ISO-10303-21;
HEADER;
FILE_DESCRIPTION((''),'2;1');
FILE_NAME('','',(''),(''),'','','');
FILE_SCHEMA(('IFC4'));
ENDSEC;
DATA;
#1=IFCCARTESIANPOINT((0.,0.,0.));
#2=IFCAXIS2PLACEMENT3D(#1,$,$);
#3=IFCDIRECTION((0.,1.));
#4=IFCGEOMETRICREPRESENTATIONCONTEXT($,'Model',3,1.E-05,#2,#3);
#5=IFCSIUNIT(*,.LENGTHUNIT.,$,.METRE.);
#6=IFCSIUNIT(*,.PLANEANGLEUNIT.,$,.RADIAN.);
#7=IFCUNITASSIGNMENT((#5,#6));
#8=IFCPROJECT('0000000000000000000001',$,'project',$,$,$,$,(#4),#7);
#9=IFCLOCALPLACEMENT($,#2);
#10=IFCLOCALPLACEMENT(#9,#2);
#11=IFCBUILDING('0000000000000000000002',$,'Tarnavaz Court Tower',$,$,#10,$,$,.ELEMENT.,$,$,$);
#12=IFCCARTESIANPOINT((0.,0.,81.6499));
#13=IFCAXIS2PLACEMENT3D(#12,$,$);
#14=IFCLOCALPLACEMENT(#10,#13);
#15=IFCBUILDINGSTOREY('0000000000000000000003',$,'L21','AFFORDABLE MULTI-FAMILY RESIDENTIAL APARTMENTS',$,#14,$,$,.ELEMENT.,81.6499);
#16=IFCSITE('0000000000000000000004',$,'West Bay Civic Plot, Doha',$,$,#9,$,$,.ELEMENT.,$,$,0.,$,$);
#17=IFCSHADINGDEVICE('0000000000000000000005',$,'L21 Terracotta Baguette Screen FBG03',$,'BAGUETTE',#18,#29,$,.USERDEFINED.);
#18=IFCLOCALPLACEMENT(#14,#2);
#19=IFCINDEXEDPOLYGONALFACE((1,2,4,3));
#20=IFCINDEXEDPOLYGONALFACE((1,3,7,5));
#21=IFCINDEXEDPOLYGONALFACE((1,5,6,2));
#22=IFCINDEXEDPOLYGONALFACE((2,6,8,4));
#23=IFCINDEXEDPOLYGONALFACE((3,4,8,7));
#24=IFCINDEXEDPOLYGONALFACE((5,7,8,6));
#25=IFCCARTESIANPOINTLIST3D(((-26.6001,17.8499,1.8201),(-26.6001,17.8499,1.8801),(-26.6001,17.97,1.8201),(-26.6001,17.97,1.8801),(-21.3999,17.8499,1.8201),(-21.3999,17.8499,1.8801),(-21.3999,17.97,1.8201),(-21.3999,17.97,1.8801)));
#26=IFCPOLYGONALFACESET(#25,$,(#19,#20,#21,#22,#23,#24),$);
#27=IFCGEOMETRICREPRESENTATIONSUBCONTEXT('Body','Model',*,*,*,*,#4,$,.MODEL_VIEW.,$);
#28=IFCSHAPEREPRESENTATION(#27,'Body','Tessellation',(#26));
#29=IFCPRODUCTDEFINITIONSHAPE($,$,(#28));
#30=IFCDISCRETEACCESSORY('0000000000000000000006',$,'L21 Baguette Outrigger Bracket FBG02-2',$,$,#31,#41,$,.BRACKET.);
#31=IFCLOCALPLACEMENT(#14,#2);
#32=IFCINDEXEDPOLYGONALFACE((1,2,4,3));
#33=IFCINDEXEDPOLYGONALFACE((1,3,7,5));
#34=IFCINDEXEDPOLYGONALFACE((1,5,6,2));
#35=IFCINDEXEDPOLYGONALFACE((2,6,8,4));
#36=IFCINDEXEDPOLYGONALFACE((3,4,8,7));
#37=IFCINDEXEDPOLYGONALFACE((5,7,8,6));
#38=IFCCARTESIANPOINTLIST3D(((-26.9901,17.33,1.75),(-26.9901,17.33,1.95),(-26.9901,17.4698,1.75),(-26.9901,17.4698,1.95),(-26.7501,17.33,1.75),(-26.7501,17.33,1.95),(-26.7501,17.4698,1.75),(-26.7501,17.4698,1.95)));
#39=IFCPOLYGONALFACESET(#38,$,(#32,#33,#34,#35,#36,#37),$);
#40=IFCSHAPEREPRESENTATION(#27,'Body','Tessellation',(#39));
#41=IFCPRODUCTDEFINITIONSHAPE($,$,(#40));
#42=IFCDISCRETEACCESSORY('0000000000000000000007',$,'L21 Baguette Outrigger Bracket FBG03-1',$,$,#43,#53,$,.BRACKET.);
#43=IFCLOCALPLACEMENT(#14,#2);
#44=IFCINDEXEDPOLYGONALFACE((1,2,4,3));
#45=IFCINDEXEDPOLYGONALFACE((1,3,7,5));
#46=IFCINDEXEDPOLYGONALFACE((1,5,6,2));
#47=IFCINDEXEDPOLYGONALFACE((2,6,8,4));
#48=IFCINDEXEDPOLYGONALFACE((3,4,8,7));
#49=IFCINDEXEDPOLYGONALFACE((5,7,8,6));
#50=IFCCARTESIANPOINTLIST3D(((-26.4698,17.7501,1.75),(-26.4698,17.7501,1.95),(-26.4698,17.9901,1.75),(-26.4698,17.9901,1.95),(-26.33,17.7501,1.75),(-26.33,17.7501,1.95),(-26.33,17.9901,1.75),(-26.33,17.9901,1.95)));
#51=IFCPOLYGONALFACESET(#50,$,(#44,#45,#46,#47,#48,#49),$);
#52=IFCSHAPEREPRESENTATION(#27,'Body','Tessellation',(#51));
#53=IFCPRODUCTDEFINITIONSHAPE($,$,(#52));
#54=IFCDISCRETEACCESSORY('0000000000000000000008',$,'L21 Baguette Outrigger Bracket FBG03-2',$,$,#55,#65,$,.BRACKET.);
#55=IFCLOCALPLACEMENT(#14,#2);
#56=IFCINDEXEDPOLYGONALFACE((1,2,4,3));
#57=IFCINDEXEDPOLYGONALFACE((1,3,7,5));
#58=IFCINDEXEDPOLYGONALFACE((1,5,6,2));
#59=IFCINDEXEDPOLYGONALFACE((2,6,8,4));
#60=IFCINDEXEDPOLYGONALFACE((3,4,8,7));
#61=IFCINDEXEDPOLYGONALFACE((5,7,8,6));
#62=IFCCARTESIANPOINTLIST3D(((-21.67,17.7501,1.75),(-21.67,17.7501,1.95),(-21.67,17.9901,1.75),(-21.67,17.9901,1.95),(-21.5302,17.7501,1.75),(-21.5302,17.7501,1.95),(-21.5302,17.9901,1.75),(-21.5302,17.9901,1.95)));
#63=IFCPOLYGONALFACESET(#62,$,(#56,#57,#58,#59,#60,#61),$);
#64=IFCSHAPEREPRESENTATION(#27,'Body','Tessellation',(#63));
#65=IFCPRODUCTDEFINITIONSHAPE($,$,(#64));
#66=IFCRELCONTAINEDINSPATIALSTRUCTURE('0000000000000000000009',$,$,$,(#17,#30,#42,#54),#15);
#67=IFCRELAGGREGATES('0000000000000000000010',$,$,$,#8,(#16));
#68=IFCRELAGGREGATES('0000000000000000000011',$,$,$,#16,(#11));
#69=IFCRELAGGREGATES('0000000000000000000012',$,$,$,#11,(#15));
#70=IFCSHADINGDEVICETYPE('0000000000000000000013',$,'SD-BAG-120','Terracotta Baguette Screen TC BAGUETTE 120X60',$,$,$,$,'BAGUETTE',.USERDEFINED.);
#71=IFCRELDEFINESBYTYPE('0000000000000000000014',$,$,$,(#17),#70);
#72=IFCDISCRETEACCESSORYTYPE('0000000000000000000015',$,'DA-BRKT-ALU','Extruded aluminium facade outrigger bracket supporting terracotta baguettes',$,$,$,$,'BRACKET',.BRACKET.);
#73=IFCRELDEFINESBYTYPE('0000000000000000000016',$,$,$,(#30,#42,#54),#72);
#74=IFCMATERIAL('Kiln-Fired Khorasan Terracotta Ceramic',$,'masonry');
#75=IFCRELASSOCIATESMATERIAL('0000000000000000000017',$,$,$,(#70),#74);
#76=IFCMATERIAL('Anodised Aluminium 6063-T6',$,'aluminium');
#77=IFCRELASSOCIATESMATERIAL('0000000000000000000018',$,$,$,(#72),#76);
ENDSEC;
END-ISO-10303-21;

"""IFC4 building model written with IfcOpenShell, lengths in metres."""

from ifc_helpers import new_model, si_unit, direction, frame, origin, origin_2d, place, context, subcontext, project, spatial, rectangle, extrude, material, material_profile, profile_set, type_object, element, save


model = new_model("IFC4")

# Units and contexts
model_context = context("Model", 3, precision=1e-05, world=origin(), true_north=direction((0.0, 1.0)))
body_context = subcontext(model_context, "Body", "Model", "MODEL_VIEW")
ifc_project = project(units=[si_unit("LENGTHUNIT", "METRE"), si_unit("PLANEANGLEUNIT", "RADIAN")], contexts=[model_context])

# Site, building, storey
site_placement = place(None, origin())
site = spatial("IfcSite", under=ifc_project, at=site_placement, Name="West Bay Civic Plot, Doha", CompositionType="ELEMENT", RefElevation=0.0)
building_placement = place(site_placement, origin())
building = spatial("IfcBuilding", under=site, at=building_placement, Name="Tarnavaz Court Tower", CompositionType="ELEMENT")
storey_placement = place(building_placement, frame((0.0, 0.0, 81.6499)))
storey = spatial("IfcBuildingStorey", under=building, at=storey_placement, Name="L21", Description="AFFORDABLE MULTI-FAMILY RESIDENTIAL APARTMENTS", CompositionType="ELEMENT", Elevation=81.6499)

# Shading device
ifc_material_1 = material(Name="Kiln-Fired Khorasan Terracotta Ceramic", Category="masonry")
ifc_material_profile_1 = material_profile(ifc_material_1, rectangle(XDim=0.1201, YDim=0.0601, at=origin_2d()), Name="TC BAGUETTE 120X60")
ifc_profile_set_1 = profile_set([ifc_material_profile_1], Name="Kiln-Fired Khorasan Terracotta Ceramic")
shading_device_type = type_object("IfcShadingDeviceType", Name="SD-BAG-120", Description="Terracotta Baguette Screen TC BAGUETTE 120X60", ElementType="BAGUETTE", PredefinedType="USERDEFINED", material=ifc_profile_set_1)
shading_device_placement = place(storey_placement, frame((-26.6001, 17.9099, 1.8501), z_axis=(1.0, 0.0, 0.0), x_axis=(0.0, 1.0, 0.0)))
element("IfcShadingDevice", 1, at=shading_device_placement, inside=storey, type_object=shading_device_type, Name="L21 Terracotta Baguette Screen FBG03", ObjectType="BAGUETTE", PredefinedType="USERDEFINED", context=body_context, shape_type="SweptSolid", body=[
    extrude(rectangle(XDim=0.1201, YDim=0.0601, at=origin_2d()), origin(), (0.0, 0.0, 1.0), 5.2002),
])

# Discrete accessories
ifc_material_2 = material(Name="Anodised Aluminium 6063-T6", Category="aluminium")
discrete_accessory_type = type_object("IfcDiscreteAccessoryType", Name="DA-BRKT-ALU", Description="Extruded aluminium facade outrigger bracket supporting terracotta baguettes", ElementType="BRACKET", PredefinedType="BRACKET", material=ifc_material_2)
for number, where, z_axis, x_axis, name in (
    (2, (-26.8701, 17.3999, 1.75), (0.0, 0.0, 1.0), (0.0, 1.0, 0.0), "L21 Baguette Outrigger Bracket FBG02-2"),
    (3, (-26.3999, 17.8701, 1.75), (0.0, 0.0, 1.0), (1.0, 0.0, 0.0), "L21 Baguette Outrigger Bracket FBG03-1"),
    (4, (-21.6001, 17.8701, 1.75), (0.0, 0.0, 1.0), (1.0, 0.0, 0.0), "L21 Baguette Outrigger Bracket FBG03-2"),
):
    element("IfcDiscreteAccessory", number, at=place(storey_placement, frame(where, z_axis=z_axis, x_axis=x_axis)), inside=storey, type_object=discrete_accessory_type, Name=name, PredefinedType="BRACKET", context=body_context, shape_type="SweptSolid", body=[
        extrude(rectangle(XDim=0.1399, YDim=0.24, at=origin_2d()), origin(), (0.0, 0.0, 1.0), 0.2),
    ])

save(model, "model.ifc")
